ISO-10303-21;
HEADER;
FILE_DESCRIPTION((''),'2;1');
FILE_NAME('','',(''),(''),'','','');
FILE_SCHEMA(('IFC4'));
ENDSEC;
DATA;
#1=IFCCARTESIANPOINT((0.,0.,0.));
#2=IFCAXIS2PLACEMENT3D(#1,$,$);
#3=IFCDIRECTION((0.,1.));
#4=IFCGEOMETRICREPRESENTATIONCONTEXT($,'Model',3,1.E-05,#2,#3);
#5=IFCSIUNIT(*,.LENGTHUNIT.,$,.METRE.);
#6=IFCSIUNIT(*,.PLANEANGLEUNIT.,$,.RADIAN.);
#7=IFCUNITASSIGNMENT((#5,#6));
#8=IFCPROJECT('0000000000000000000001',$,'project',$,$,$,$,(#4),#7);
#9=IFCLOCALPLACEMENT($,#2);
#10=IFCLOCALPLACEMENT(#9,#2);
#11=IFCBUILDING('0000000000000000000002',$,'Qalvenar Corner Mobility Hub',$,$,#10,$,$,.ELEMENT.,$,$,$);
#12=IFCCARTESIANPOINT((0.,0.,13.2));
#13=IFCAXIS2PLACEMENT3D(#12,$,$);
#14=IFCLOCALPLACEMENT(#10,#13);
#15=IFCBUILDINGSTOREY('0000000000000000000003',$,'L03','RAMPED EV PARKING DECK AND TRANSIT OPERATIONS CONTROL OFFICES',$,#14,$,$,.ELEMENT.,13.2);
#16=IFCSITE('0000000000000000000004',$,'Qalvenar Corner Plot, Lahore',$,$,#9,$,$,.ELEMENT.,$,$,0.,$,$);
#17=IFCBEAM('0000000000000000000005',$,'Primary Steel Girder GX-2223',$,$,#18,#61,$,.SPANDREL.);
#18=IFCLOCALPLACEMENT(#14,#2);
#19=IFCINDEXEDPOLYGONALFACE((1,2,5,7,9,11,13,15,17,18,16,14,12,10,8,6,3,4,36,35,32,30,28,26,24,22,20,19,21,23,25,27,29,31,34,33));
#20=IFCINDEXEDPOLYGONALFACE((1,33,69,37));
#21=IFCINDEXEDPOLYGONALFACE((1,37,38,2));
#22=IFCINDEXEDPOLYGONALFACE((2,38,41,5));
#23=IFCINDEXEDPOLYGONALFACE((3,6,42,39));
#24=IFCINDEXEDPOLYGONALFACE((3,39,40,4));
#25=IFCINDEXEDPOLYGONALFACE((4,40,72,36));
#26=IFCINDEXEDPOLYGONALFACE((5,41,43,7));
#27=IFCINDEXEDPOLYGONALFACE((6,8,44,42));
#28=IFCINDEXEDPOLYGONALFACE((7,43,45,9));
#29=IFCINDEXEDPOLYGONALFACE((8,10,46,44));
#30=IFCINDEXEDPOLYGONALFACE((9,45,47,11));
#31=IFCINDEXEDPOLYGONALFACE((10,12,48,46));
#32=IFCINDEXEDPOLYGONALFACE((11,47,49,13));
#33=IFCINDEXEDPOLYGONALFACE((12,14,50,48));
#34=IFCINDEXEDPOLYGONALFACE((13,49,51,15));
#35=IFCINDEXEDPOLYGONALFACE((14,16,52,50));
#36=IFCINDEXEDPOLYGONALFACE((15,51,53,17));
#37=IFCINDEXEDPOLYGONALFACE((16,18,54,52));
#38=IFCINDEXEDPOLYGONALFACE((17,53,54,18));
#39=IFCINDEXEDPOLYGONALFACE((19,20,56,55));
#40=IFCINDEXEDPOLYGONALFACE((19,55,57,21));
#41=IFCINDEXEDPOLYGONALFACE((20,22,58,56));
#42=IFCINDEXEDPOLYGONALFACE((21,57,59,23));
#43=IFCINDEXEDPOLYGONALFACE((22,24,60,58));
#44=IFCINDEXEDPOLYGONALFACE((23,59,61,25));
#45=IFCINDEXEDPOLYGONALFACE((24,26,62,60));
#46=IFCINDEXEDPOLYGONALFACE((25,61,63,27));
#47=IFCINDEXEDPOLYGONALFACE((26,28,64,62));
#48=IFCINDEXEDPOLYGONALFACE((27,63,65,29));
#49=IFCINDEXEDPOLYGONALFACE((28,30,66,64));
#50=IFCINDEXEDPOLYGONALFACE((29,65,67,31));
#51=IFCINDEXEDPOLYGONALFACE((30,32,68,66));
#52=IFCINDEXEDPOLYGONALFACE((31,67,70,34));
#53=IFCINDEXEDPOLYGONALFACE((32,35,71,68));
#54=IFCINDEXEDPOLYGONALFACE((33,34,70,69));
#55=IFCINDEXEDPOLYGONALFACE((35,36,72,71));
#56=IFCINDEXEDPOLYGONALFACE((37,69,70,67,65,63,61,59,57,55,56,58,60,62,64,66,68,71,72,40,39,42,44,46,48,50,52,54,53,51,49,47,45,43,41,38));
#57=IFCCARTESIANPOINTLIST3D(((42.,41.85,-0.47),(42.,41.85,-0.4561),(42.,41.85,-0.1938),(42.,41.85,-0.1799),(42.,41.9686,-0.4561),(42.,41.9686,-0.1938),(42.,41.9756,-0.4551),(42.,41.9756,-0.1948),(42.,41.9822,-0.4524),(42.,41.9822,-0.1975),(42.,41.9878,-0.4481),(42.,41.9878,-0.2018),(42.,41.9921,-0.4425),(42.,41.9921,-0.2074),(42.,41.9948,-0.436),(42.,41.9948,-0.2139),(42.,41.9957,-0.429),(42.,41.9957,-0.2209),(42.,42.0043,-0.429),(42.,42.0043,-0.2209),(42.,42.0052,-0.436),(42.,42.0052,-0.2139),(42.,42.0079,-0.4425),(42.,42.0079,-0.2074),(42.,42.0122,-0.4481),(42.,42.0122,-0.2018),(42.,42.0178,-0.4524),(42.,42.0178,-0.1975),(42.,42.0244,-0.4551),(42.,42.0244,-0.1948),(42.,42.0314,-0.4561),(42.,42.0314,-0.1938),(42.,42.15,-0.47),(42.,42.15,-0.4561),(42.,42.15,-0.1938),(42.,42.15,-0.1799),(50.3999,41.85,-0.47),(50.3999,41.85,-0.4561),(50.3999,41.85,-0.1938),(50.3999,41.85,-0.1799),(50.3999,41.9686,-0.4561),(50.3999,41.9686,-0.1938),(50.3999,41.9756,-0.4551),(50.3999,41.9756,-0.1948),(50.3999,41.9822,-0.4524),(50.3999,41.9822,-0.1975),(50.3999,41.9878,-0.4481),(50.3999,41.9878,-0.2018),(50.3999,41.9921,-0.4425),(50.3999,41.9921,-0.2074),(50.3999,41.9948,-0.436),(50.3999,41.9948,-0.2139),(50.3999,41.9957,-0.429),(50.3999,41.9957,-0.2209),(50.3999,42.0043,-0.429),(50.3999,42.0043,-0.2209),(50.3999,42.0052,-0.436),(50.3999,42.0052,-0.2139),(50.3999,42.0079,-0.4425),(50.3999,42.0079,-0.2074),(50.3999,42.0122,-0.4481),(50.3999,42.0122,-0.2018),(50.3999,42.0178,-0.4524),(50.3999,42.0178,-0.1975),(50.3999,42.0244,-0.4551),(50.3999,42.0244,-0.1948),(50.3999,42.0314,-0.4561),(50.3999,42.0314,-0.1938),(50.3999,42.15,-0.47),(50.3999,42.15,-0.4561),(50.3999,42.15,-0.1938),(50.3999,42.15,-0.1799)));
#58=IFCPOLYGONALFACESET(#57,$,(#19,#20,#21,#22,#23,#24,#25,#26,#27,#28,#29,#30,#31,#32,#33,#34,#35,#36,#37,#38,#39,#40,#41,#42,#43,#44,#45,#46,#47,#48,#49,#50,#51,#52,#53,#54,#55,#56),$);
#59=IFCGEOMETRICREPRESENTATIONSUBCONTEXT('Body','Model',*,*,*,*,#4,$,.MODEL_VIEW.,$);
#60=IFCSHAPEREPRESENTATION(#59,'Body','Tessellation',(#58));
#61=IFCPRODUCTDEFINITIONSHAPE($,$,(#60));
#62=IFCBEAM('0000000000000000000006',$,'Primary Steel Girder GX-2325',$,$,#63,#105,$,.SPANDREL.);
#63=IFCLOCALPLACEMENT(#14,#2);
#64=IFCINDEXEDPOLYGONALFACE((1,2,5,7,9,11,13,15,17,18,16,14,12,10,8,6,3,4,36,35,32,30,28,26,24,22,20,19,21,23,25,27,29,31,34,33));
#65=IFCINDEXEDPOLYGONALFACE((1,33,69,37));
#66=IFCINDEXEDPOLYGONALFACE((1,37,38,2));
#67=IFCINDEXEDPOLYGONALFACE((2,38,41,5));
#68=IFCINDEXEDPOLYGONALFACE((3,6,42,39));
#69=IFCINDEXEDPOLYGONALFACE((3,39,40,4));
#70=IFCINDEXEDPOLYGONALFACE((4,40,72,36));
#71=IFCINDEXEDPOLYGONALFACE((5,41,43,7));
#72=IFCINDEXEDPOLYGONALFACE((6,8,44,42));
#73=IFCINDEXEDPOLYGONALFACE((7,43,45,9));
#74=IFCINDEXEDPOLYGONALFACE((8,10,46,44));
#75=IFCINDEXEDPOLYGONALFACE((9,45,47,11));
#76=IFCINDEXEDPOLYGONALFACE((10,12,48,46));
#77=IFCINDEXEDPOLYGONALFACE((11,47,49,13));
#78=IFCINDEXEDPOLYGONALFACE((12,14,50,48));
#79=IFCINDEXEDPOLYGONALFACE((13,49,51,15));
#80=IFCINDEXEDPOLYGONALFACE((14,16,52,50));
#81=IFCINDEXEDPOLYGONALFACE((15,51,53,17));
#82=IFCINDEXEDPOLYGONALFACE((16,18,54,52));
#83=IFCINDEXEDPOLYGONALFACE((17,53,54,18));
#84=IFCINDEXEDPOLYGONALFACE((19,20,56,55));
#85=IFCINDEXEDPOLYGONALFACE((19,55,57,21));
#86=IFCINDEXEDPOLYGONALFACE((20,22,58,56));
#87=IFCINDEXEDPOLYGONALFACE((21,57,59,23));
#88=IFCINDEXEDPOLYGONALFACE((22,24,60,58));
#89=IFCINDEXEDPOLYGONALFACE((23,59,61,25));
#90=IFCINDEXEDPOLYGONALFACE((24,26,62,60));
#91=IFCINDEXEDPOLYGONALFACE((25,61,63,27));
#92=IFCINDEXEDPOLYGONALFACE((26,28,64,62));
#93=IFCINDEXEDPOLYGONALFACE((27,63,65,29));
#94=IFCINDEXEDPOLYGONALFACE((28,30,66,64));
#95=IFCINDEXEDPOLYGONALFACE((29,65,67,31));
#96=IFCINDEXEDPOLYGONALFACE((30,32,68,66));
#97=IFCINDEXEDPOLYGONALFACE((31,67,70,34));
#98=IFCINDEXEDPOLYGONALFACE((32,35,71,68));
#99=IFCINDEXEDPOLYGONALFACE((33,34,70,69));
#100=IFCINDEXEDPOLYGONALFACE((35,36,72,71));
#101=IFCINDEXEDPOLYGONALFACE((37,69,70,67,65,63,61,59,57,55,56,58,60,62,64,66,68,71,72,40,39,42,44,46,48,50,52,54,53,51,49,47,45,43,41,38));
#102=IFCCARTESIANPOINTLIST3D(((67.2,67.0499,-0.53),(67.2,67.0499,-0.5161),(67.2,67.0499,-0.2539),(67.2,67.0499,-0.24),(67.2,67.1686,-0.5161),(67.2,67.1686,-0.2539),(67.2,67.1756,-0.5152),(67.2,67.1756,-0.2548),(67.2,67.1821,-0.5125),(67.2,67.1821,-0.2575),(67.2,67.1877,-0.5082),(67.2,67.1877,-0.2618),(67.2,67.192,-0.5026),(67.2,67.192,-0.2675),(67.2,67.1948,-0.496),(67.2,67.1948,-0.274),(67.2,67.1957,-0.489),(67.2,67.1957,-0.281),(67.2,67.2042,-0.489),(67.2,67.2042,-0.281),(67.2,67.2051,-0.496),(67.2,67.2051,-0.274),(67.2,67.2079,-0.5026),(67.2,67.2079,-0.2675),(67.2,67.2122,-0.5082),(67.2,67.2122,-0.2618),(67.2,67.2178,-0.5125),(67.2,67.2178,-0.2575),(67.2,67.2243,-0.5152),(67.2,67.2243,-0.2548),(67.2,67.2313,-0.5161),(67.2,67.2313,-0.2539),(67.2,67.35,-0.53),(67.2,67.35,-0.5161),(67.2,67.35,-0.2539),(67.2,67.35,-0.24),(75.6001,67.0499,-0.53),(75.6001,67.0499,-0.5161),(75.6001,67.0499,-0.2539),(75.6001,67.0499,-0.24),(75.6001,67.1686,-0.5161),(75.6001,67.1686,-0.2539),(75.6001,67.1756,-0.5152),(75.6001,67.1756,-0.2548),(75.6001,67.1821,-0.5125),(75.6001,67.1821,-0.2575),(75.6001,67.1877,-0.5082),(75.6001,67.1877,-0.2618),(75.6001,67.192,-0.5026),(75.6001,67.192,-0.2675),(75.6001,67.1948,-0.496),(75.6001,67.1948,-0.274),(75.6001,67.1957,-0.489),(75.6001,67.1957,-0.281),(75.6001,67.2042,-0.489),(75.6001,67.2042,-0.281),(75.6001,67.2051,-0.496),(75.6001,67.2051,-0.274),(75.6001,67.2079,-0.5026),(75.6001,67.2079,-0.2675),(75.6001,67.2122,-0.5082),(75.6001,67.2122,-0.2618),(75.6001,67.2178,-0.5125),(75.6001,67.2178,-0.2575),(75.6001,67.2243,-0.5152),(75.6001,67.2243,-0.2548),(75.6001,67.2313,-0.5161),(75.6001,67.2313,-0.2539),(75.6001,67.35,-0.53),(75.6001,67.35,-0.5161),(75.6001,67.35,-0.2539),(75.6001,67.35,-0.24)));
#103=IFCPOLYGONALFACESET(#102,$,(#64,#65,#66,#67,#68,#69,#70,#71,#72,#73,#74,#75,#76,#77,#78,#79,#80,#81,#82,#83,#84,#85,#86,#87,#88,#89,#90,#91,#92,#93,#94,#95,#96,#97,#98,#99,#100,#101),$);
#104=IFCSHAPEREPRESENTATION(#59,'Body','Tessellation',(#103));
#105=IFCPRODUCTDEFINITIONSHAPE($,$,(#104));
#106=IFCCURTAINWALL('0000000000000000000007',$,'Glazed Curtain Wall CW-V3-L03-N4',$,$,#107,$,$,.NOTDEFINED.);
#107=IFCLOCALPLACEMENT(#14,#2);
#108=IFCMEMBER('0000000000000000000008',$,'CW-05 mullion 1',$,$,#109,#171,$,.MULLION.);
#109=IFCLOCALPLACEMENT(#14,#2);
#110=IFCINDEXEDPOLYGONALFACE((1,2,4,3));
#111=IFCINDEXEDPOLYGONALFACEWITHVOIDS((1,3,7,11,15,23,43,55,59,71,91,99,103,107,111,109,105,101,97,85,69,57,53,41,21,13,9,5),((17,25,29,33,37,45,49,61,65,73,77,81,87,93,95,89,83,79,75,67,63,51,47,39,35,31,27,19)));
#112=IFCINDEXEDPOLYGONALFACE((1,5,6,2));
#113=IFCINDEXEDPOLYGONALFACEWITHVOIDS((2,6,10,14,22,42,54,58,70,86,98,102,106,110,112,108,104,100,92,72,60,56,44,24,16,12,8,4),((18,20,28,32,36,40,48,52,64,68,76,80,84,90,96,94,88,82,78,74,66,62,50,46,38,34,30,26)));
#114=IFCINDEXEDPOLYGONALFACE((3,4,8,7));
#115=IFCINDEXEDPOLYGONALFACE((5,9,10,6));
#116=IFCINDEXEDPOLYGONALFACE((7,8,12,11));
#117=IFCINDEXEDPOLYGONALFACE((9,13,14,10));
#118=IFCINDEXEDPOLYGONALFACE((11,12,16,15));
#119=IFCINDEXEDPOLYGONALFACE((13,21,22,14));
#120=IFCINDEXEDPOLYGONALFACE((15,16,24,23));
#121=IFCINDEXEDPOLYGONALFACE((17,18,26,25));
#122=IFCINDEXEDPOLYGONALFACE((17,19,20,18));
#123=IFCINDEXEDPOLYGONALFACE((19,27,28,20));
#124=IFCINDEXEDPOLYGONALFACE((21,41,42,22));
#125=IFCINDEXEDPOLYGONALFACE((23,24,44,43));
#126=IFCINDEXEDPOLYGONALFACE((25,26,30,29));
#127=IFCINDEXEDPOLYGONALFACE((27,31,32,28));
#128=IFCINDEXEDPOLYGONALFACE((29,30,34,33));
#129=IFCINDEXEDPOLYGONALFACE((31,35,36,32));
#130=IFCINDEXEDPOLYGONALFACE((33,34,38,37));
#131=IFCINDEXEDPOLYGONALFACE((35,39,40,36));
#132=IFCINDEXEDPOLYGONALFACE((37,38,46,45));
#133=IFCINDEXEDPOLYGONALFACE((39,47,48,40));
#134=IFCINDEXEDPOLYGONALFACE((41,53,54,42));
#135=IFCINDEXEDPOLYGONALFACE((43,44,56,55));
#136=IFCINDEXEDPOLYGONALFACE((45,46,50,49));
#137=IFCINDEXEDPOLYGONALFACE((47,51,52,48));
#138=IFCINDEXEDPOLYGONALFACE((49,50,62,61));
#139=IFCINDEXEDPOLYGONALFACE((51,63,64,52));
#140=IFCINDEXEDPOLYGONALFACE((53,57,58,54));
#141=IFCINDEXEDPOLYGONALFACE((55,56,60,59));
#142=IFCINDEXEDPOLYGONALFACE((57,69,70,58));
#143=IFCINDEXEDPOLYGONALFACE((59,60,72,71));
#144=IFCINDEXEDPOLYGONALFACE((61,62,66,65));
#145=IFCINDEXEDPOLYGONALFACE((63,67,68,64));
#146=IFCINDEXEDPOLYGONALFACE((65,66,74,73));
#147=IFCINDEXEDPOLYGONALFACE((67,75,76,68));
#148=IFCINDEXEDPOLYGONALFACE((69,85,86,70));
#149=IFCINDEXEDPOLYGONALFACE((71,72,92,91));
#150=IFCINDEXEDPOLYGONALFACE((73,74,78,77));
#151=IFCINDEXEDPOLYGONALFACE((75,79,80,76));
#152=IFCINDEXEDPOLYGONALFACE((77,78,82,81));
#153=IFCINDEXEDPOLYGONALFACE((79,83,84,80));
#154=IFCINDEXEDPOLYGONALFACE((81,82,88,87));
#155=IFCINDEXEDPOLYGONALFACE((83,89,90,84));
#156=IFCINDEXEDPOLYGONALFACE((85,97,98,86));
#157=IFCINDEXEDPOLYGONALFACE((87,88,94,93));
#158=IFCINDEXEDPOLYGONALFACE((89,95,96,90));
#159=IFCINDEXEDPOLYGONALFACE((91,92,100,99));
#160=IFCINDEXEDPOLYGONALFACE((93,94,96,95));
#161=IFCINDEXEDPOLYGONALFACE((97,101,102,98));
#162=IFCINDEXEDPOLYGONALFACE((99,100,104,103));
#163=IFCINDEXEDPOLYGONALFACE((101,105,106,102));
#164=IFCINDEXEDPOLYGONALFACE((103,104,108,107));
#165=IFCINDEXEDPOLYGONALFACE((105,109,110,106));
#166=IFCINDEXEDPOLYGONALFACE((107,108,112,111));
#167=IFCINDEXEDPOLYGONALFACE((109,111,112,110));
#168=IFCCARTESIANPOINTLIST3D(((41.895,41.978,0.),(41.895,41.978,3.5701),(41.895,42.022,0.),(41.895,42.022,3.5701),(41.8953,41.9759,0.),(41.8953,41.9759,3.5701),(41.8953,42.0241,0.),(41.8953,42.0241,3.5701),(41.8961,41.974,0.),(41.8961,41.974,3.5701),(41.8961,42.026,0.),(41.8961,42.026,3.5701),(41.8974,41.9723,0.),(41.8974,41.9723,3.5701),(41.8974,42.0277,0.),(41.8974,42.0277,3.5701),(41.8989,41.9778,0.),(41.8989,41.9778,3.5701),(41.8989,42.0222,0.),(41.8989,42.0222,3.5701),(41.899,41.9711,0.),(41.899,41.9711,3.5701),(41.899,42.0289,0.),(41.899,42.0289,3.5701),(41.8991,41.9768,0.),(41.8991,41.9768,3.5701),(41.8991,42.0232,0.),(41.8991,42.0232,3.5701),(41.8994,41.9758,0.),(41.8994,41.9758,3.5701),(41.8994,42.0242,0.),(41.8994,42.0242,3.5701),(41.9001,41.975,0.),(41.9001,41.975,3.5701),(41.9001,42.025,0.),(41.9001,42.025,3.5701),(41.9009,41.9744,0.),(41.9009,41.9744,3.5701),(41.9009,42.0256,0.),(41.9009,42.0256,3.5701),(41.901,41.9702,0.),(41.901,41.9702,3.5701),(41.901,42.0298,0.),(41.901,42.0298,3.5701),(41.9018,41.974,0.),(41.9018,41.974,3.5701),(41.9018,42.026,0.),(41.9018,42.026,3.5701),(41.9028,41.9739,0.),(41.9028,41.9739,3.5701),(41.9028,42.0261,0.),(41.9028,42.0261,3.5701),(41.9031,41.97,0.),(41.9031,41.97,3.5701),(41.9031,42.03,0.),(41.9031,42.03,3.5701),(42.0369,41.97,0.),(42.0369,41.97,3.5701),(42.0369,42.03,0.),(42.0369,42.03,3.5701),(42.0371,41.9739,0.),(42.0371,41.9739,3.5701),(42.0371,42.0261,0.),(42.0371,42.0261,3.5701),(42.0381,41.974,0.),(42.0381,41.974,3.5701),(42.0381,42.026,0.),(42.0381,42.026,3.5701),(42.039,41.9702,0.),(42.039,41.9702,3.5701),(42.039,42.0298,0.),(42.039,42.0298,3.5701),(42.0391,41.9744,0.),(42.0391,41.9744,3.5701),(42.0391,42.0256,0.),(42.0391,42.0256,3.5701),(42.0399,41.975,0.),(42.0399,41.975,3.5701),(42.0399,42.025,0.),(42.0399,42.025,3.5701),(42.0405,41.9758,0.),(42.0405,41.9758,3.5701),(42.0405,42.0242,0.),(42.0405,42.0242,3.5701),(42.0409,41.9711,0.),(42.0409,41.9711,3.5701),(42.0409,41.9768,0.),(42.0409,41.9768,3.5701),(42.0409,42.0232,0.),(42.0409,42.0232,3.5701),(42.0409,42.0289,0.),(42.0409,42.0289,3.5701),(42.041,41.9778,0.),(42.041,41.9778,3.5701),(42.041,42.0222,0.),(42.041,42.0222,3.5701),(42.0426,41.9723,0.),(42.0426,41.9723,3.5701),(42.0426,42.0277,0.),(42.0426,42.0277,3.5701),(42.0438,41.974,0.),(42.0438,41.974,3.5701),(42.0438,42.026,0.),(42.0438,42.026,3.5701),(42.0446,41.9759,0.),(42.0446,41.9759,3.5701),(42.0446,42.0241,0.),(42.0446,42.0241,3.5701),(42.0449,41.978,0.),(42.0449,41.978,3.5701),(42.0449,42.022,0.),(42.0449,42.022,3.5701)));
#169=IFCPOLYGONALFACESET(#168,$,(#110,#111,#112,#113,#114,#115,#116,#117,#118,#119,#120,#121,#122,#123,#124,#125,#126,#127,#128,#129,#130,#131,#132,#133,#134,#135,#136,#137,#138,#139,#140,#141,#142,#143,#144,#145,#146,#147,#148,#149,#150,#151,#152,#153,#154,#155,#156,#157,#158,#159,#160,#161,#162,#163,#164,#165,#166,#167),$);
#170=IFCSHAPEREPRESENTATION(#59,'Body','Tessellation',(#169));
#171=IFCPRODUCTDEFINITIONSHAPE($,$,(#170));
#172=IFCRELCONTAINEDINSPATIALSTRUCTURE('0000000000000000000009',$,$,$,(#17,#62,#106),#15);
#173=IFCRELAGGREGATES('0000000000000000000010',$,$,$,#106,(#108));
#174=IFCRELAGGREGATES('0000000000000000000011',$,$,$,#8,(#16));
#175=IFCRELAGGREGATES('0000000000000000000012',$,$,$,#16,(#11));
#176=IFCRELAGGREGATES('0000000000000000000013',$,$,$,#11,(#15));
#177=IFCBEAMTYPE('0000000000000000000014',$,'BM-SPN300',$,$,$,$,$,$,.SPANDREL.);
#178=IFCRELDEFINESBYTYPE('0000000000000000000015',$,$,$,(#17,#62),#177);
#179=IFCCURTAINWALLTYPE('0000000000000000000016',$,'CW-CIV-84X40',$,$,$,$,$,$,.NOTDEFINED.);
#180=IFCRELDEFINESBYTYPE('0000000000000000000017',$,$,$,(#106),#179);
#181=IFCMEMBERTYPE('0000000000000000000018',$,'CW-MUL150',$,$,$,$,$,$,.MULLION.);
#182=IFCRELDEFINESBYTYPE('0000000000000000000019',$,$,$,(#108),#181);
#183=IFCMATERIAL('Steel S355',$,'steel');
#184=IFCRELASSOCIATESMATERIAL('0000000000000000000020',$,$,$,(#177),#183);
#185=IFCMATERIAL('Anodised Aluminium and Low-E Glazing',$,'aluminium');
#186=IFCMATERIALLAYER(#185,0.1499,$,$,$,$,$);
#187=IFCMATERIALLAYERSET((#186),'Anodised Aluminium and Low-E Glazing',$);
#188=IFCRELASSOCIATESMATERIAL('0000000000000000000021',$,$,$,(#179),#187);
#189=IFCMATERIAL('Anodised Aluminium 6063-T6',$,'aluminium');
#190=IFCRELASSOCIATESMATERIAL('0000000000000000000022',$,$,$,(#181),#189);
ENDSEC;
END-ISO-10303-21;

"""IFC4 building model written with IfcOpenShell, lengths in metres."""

from ifc_helpers import new_model, si_unit, direction, frame, origin, origin_2d, place, context, subcontext, project, spatial, hollow_rectangle, i_section, extrude, material, layer, layer_set, material_profile, profile_set, type_object, element, aggregate, save


model = new_model("IFC4")

# Units and contexts
model_context = context("Model", 3, precision=1e-05, world=origin(), true_north=direction((0.0, 1.0)))
body_context = subcontext(model_context, "Body", "Model", "MODEL_VIEW")
ifc_project = project(units=[si_unit("LENGTHUNIT", "METRE"), si_unit("PLANEANGLEUNIT", "RADIAN")], contexts=[model_context])

# Site, building, storey
site_placement = place(None, origin())
site = spatial("IfcSite", under=ifc_project, at=site_placement, Name="Qalvenar Corner Plot, Lahore", CompositionType="ELEMENT", RefElevation=0.0)
building_placement = place(site_placement, origin())
building = spatial("IfcBuilding", under=site, at=building_placement, Name="Qalvenar Corner Mobility Hub", CompositionType="ELEMENT")
storey_placement = place(building_placement, frame((0.0, 0.0, 13.2)))
storey = spatial("IfcBuildingStorey", under=building, at=storey_placement, Name="L03", Description="RAMPED EV PARKING DECK AND TRANSIT OPERATIONS CONTROL OFFICES", CompositionType="ELEMENT", Elevation=13.2)

# Shared definitions
ifc_material_1 = material(Name="Steel S355", Category="steel")

# Beams
ifc_material_profile_1 = material_profile(ifc_material_1, i_section(OverallWidth=0.3, OverallDepth=0.29, WebThickness=0.0085, FlangeThickness=0.0139, FilletRadius=0.0271, at=origin_2d()), Name="HEA300")
ifc_profile_set_1 = profile_set([ifc_material_profile_1], Name="Steel S355")
beam_type_1 = type_object("IfcBeamType", Name="BM-SPN300", PredefinedType="SPANDREL", material=ifc_profile_set_1)
beam_1_placement = place(storey_placement, frame((42.0, 42.0, -0.325), z_axis=(1.0, 0.0, 0.0), x_axis=(0.0, 1.0, 0.0)))
element("IfcBeam", 1, at=beam_1_placement, inside=storey, type_object=beam_type_1, Name="Primary Steel Girder GX-2223", PredefinedType="SPANDREL", context=body_context, shape_type="SweptSolid", body=[
    extrude(i_section(OverallWidth=0.3, OverallDepth=0.29, WebThickness=0.0085, FlangeThickness=0.0139, FilletRadius=0.0271, at=origin_2d()), origin(), (0.0, 0.0, 1.0), 8.3999),
])
beam_2_placement = place(storey_placement, frame((67.2, 67.2, -0.385), z_axis=(1.0, 0.0, 0.0), x_axis=(0.0, 1.0, 0.0)))
element("IfcBeam", 2, at=beam_2_placement, inside=storey, type_object=beam_type_1, Name="Primary Steel Girder GX-2325", PredefinedType="SPANDREL", context=body_context, shape_type="SweptSolid", body=[
    extrude(i_section(OverallWidth=0.3, OverallDepth=0.29, WebThickness=0.0085, FlangeThickness=0.0139, FilletRadius=0.0271, at=origin_2d()), origin(), (0.0, 0.0, 1.0), 8.4001),
])

# Curtain wall, member
ifc_material_2 = material(Name="Anodised Aluminium and Low-E Glazing", Category="aluminium")
ifc_layer_1 = layer(ifc_material_2, 0.1499)
ifc_layer_set_1 = layer_set([ifc_layer_1], Name="Anodised Aluminium and Low-E Glazing")
curtain_wall_type = type_object("IfcCurtainWallType", Name="CW-CIV-84X40", PredefinedType="NOTDEFINED", material=ifc_layer_set_1)
curtain_wall_placement = place(storey_placement, origin())
curtain_wall = element("IfcCurtainWall", 3, at=curtain_wall_placement, inside=storey, type_object=curtain_wall_type, Name="Glazed Curtain Wall CW-V3-L03-N4", PredefinedType="NOTDEFINED")
ifc_material_3 = material(Name="Anodised Aluminium 6063-T6", Category="aluminium")
ifc_material_profile_2 = material_profile(ifc_material_3, hollow_rectangle(XDim=0.0601, YDim=0.1499, WallThickness=0.0039, InnerFilletRadius=0.0039, OuterFilletRadius=0.0081, at=origin_2d()), Name="RHS150x60x4")
ifc_profile_set_2 = profile_set([ifc_material_profile_2], Name="Anodised Aluminium 6063-T6")
member_type_1 = type_object("IfcMemberType", Name="CW-MUL150", PredefinedType="MULLION", material=ifc_profile_set_2)
member_1_placement = place(storey_placement, frame((41.97, 42.0, 0.0), z_axis=(0.0, 0.0, 1.0), x_axis=(0.0, -1.0, 0.0)))
member_1 = element("IfcMember", 4, at=member_1_placement, type_object=member_type_1, Name="CW-05 mullion 1", PredefinedType="MULLION", context=body_context, shape_type="SweptSolid", body=[
    extrude(hollow_rectangle(XDim=0.0601, YDim=0.1499, WallThickness=0.0039, InnerFilletRadius=0.0039, OuterFilletRadius=0.0081, at=origin_2d()), origin(), (0.0, 0.0, 1.0), 3.5701),
])

aggregate(curtain_wall, [member_1])

save(model, "model.ifc")
